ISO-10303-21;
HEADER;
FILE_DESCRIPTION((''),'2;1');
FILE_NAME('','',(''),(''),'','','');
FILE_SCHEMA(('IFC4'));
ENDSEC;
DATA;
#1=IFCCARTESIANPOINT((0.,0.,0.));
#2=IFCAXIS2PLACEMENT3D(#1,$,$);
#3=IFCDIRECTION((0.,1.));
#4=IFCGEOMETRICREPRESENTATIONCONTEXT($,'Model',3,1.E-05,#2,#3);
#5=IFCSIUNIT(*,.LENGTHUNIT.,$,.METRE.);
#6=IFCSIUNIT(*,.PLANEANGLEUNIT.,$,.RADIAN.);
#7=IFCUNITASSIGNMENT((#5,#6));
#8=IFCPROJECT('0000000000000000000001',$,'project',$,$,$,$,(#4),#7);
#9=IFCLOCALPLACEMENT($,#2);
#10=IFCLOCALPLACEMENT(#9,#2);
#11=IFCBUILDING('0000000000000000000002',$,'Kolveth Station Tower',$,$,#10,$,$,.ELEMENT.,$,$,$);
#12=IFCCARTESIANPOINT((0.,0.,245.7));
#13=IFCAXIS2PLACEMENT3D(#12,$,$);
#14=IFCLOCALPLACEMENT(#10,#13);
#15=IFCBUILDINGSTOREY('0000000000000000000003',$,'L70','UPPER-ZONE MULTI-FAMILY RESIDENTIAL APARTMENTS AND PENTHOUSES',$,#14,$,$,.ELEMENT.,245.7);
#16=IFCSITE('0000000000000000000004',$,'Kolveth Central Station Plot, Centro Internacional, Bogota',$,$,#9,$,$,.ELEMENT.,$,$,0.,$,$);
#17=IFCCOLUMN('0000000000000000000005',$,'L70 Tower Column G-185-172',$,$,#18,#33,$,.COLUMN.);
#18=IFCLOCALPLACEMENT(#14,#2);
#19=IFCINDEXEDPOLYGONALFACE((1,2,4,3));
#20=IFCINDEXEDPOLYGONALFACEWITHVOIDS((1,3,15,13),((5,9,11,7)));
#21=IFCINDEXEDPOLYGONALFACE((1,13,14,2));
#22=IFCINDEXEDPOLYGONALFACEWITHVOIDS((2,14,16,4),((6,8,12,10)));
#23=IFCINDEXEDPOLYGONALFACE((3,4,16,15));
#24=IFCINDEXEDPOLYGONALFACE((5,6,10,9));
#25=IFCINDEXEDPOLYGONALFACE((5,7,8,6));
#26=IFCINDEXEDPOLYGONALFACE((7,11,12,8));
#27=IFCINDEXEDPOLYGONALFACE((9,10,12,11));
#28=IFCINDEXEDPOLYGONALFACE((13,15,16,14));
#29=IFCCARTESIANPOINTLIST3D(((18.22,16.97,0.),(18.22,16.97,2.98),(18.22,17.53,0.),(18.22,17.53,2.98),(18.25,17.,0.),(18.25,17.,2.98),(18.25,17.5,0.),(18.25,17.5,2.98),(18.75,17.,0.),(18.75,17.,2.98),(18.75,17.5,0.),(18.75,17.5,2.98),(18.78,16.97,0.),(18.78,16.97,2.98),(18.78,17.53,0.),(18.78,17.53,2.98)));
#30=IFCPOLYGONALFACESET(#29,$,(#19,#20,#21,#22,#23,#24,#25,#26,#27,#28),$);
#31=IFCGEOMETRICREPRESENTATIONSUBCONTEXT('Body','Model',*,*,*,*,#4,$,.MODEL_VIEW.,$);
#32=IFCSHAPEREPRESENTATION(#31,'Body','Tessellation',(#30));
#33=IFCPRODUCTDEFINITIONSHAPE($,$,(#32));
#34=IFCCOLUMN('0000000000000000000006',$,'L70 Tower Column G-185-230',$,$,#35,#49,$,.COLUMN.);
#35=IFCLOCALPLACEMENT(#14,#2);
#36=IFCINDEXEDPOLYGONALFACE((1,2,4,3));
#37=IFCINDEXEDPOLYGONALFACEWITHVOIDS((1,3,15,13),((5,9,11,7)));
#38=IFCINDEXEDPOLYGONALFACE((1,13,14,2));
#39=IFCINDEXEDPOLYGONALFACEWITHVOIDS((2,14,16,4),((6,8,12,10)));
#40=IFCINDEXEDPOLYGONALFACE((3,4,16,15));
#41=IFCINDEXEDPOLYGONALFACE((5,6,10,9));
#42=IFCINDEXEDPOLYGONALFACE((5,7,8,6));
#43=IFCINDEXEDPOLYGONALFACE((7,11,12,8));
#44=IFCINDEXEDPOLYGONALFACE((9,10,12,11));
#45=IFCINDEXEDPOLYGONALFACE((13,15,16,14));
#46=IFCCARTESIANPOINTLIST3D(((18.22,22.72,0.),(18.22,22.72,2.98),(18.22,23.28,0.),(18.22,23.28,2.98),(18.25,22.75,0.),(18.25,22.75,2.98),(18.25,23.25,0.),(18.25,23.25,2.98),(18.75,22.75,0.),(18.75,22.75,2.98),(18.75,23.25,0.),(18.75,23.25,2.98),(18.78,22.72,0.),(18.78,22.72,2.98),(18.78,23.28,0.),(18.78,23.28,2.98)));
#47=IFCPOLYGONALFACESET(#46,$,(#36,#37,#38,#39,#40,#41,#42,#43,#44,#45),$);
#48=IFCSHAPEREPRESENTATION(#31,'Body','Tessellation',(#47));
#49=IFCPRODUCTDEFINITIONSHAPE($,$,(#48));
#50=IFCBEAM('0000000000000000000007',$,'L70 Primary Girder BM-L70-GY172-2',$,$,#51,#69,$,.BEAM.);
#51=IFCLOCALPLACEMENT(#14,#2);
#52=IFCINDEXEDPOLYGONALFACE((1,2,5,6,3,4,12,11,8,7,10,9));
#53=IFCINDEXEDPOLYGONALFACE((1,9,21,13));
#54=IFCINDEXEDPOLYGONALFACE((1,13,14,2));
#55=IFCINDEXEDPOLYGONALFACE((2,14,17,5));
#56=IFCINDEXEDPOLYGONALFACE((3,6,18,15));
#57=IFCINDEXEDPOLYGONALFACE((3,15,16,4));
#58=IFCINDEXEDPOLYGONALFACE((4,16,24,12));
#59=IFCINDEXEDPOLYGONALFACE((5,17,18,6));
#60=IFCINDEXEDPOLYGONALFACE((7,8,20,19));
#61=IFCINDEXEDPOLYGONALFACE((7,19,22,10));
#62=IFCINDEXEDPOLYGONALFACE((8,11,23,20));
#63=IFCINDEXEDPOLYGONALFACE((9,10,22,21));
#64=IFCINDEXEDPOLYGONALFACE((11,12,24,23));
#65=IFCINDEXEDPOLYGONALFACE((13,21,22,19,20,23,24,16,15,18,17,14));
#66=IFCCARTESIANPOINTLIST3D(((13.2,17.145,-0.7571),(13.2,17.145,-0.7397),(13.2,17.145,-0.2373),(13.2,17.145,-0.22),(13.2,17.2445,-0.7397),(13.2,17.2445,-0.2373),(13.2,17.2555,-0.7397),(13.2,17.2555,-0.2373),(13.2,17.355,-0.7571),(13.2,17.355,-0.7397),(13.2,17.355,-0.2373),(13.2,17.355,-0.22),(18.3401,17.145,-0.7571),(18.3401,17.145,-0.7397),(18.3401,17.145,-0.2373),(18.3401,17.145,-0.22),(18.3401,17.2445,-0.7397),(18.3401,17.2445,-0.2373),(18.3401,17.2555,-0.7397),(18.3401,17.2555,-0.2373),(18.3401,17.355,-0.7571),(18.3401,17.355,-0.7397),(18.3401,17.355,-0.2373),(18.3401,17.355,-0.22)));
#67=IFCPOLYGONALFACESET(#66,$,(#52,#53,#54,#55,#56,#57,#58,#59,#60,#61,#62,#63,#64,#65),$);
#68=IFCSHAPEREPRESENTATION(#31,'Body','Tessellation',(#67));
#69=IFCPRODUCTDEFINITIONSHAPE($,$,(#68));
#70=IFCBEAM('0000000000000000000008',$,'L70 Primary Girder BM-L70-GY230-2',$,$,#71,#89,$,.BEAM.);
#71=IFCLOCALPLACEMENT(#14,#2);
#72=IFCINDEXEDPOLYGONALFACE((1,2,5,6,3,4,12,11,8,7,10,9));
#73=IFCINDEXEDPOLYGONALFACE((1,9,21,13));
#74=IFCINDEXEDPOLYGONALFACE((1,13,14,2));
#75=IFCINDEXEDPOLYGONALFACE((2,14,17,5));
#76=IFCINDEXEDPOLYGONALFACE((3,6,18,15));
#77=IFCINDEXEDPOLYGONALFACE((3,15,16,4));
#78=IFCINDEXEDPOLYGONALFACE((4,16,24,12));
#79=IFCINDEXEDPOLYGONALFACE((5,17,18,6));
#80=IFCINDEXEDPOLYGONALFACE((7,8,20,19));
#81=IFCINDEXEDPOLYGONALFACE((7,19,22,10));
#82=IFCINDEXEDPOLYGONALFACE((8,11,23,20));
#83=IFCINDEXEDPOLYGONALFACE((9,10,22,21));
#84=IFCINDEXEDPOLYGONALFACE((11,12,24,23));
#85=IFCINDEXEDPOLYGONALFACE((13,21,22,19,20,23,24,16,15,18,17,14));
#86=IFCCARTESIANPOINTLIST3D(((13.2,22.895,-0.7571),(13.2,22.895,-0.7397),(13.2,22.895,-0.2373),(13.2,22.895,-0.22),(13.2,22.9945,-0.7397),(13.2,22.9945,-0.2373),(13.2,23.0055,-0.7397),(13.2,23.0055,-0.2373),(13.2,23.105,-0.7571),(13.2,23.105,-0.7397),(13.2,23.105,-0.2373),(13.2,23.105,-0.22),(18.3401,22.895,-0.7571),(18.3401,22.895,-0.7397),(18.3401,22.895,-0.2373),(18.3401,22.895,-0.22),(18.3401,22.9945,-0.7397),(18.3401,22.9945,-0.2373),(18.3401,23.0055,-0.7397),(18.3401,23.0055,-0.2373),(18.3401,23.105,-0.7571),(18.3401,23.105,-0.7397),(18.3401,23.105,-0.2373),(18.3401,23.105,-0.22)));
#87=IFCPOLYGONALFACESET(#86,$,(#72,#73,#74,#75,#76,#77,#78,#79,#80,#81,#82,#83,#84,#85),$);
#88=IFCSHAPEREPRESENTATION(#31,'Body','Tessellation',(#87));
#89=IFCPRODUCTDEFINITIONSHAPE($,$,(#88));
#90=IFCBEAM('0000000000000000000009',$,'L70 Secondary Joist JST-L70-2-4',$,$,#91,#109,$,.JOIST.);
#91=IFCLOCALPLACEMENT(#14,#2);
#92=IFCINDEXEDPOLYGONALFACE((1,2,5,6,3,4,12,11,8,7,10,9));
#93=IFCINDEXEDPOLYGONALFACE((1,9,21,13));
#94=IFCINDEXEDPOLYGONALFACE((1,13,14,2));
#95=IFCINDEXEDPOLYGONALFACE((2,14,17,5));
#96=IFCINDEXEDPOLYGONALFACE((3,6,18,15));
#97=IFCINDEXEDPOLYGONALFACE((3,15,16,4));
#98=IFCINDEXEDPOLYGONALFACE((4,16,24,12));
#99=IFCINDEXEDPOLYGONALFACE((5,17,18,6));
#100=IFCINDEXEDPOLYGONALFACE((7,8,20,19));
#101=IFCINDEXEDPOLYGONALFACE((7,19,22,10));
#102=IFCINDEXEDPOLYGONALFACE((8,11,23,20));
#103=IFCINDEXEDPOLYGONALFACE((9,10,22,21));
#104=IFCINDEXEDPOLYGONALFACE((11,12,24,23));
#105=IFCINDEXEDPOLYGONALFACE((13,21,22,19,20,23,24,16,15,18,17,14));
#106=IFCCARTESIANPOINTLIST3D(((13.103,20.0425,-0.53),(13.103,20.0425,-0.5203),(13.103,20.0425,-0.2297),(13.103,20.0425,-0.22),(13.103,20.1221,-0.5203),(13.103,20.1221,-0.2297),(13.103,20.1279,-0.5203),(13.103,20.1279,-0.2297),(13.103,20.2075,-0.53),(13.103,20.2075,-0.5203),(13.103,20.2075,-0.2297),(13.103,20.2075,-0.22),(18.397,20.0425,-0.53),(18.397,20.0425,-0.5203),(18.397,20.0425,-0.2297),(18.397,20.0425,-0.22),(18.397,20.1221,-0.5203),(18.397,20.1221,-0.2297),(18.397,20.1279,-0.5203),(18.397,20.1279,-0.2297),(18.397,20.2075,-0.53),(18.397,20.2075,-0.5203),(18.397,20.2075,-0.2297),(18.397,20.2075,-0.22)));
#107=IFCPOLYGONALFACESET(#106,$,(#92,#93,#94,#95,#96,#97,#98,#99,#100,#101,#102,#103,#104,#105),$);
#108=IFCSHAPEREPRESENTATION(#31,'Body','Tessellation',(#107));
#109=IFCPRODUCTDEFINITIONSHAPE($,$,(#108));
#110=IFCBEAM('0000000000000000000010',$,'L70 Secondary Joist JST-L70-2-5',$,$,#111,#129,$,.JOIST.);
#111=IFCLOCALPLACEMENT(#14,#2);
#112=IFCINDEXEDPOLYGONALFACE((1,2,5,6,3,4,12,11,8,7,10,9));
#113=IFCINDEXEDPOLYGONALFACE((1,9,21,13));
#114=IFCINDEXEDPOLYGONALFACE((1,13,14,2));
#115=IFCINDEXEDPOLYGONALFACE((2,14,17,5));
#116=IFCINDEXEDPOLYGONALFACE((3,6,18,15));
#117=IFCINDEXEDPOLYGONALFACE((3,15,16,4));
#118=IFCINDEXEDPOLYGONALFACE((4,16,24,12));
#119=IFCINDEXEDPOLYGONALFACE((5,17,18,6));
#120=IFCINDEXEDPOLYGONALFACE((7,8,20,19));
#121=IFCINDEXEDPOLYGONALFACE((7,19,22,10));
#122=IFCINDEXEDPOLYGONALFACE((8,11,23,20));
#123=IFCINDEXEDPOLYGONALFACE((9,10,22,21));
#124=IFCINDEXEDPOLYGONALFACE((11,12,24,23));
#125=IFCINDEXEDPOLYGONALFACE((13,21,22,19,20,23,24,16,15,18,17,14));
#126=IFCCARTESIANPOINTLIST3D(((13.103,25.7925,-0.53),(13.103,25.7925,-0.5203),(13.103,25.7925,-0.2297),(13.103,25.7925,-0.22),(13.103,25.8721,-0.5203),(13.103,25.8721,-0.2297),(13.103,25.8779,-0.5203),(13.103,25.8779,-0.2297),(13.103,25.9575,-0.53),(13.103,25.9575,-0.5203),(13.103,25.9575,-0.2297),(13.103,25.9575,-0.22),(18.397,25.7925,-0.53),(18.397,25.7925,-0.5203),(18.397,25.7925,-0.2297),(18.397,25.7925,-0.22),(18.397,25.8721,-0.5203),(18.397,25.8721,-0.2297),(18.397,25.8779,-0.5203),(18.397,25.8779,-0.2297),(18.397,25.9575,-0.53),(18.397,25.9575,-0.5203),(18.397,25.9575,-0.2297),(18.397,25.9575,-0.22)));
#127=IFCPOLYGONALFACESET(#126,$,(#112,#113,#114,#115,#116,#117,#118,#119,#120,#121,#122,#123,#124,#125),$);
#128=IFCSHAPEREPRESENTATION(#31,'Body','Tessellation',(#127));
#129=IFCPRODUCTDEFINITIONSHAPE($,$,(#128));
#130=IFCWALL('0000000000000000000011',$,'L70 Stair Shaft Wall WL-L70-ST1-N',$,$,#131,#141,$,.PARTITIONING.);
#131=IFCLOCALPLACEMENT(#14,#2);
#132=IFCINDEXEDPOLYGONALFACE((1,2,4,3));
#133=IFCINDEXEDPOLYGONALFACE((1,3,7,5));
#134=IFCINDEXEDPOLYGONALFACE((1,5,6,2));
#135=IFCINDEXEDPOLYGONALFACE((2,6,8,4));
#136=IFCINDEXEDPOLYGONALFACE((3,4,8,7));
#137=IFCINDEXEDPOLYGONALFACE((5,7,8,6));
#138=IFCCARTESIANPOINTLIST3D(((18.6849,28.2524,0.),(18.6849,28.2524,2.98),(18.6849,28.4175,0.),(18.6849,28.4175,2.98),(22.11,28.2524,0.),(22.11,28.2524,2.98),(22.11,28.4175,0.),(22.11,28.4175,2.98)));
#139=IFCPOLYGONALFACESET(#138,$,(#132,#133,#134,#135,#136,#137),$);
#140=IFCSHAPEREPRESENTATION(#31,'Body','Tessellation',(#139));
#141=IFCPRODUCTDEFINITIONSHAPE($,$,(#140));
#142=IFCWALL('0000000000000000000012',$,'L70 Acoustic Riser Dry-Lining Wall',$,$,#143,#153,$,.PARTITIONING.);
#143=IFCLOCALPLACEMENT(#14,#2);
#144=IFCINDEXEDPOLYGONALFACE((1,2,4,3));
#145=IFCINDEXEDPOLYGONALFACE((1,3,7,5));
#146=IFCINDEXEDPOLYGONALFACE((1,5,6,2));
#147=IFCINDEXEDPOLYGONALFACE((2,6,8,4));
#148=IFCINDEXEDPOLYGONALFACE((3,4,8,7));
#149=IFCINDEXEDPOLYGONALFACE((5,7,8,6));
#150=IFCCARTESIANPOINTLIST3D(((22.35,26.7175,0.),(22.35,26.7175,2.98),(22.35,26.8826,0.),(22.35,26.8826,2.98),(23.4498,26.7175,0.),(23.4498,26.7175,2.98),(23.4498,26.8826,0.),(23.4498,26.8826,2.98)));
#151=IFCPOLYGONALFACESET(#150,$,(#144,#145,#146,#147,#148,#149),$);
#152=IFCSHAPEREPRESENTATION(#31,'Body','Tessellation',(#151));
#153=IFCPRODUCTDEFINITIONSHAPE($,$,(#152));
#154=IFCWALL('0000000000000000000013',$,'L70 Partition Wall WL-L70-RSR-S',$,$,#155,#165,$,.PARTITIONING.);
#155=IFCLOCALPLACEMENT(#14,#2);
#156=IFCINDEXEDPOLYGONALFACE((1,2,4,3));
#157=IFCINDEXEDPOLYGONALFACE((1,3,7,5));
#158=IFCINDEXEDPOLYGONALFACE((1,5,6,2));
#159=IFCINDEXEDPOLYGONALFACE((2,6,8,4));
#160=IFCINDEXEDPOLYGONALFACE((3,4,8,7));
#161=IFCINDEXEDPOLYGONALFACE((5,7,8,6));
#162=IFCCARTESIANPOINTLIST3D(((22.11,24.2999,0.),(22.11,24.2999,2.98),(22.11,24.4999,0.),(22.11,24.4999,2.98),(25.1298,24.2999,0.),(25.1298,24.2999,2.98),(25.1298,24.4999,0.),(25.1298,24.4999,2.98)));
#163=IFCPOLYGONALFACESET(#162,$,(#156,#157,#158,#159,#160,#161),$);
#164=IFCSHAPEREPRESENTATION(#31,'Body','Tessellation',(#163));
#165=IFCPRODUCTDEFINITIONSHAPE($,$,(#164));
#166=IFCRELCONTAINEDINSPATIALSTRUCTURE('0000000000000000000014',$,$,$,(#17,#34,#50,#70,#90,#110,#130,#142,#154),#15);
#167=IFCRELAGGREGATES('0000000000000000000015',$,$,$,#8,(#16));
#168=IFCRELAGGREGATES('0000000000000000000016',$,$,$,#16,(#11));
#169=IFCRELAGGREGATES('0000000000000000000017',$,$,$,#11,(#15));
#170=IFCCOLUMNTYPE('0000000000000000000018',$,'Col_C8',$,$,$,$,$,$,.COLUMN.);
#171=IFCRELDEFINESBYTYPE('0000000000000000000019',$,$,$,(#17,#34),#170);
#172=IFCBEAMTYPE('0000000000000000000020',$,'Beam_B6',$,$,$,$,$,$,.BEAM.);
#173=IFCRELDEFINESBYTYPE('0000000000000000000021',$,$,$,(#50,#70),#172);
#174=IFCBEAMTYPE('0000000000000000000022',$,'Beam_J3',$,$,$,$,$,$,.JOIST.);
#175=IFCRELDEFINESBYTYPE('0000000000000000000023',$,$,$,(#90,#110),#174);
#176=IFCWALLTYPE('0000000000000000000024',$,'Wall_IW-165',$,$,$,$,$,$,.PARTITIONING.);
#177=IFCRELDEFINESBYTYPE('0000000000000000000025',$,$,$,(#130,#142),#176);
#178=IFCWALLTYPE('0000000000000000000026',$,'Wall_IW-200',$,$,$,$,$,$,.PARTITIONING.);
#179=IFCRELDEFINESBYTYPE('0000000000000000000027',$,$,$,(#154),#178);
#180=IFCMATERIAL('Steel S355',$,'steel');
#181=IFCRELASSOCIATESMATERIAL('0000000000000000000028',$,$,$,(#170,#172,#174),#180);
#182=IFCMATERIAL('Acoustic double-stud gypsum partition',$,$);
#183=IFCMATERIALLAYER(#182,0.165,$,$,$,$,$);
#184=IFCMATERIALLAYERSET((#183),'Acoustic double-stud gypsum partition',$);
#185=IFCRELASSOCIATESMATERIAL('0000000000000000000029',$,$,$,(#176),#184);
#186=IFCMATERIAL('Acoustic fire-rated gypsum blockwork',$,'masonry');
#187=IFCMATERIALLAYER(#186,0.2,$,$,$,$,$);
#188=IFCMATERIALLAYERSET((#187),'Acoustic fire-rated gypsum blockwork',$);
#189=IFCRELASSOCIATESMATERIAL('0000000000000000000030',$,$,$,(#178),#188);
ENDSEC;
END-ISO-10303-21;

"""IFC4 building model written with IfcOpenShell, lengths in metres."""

from ifc_helpers import new_model, si_unit, direction, frame, frame_2d, origin, origin_2d, place, context, subcontext, project, spatial, rectangle, hollow_rectangle, i_section, extrude, source, transform, mapped, material, layer, layer_set, material_profile, profile_set, type_object, element, save


model = new_model("IFC4")

# Units and contexts
model_context = context("Model", 3, precision=1e-05, world=origin(), true_north=direction((0.0, 1.0)))
body_context = subcontext(model_context, "Body", "Model", "MODEL_VIEW")
ifc_project = project(units=[si_unit("LENGTHUNIT", "METRE"), si_unit("PLANEANGLEUNIT", "RADIAN")], contexts=[model_context])

# Site, building, storey
site_placement = place(None, origin())
site = spatial("IfcSite", under=ifc_project, at=site_placement, Name="Kolveth Central Station Plot, Centro Internacional, Bogota", CompositionType="ELEMENT", RefElevation=0.0)
building_placement = place(site_placement, origin())
building = spatial("IfcBuilding", under=site, at=building_placement, Name="Kolveth Station Tower", CompositionType="ELEMENT")
storey_placement = place(building_placement, frame((0.0, 0.0, 245.7)))
storey = spatial("IfcBuildingStorey", under=building, at=storey_placement, Name="L70", Description="UPPER-ZONE MULTI-FAMILY RESIDENTIAL APARTMENTS AND PENTHOUSES", CompositionType="ELEMENT", Elevation=245.7)

# Columns
ifc_material_1 = material(Name="Steel S355", Category="steel")
ifc_material_profile_1 = material_profile(ifc_material_1, hollow_rectangle(XDim=0.5601, YDim=0.5601, WallThickness=0.03, at=origin_2d()), Name="BOX560x560x30")
ifc_profile_set_1 = profile_set([ifc_material_profile_1], Name="Steel S355")
column_type = type_object("IfcColumnType", Name="Col_C8", PredefinedType="COLUMN", material=ifc_profile_set_1)
shared_shape_1 = source(origin(), body_context, "Body", "SweptSolid", [
    extrude(hollow_rectangle(XDim=0.5601, YDim=0.5601, WallThickness=0.03, at=origin_2d()), origin(), (0.0, 0.0, 1.0), 2.98),
])
for number, where, z_axis, x_axis, name in (
    (1, (18.5, 17.25, 0.0), (0.0, 0.0, 1.0), (1.0, 0.0, 0.0), "L70 Tower Column G-185-172"),
    (2, (18.5, 23.0, 0.0), (0.0, 0.0, 1.0), (1.0, 0.0, 0.0), "L70 Tower Column G-185-230"),
):
    element("IfcColumn", number, at=place(storey_placement, frame(where, z_axis=z_axis, x_axis=x_axis)), inside=storey, type_object=column_type, Name=name, PredefinedType="COLUMN", context=body_context, shape_type="MappedRepresentation", body=[
        mapped(shared_shape_1, transform((0.0, 0.0, 0.0), x_axis=(1.0, 0.0, 0.0), y_axis=(0.0, 1.0, 0.0), z_axis=(0.0, 0.0, 1.0), scale=1.0)),
    ])

# Beams
ifc_material_profile_2 = material_profile(ifc_material_1, i_section(OverallWidth=0.21, OverallDepth=0.5371, WebThickness=0.011, FlangeThickness=0.0173, at=origin_2d()), Name="W530x101")
ifc_profile_set_2 = profile_set([ifc_material_profile_2], Name="Steel S355")
beam_type_1 = type_object("IfcBeamType", Name="Beam_B6", PredefinedType="BEAM", material=ifc_profile_set_2)
shared_shape_2 = source(origin(), body_context, "Body", "SweptSolid", [
    extrude(i_section(OverallWidth=0.21, OverallDepth=0.5371, WebThickness=0.011, FlangeThickness=0.0173, at=origin_2d()), origin(), (0.0, 0.0, 1.0), 5.1401),
])
for number, where, z_axis, x_axis, name in (
    (3, (13.2, 17.25, -0.4885), (1.0, 0.0, 0.0), (0.0, 1.0, 0.0), "L70 Primary Girder BM-L70-GY172-2"),
    (4, (13.2, 23.0, -0.4885), (1.0, 0.0, 0.0), (0.0, 1.0, 0.0), "L70 Primary Girder BM-L70-GY230-2"),
):
    element("IfcBeam", number, at=place(storey_placement, frame(where, z_axis=z_axis, x_axis=x_axis)), inside=storey, type_object=beam_type_1, Name=name, PredefinedType="BEAM", context=body_context, shape_type="MappedRepresentation", body=[
        mapped(shared_shape_2, transform((0.0, 0.0, 0.0), x_axis=(1.0, 0.0, 0.0), y_axis=(0.0, 1.0, 0.0), z_axis=(0.0, 0.0, 1.0), scale=1.0)),
    ])
ifc_material_profile_3 = material_profile(ifc_material_1, i_section(OverallWidth=0.165, OverallDepth=0.3101, WebThickness=0.0059, FlangeThickness=0.0098, at=origin_2d()), Name="W310x39")
ifc_profile_set_3 = profile_set([ifc_material_profile_3], Name="Steel S355")
beam_type_2 = type_object("IfcBeamType", Name="Beam_J3", PredefinedType="JOIST", material=ifc_profile_set_3)
shared_shape_3 = source(origin(), body_context, "Body", "SweptSolid", [
    extrude(i_section(OverallWidth=0.165, OverallDepth=0.3101, WebThickness=0.0059, FlangeThickness=0.0098, at=origin_2d()), origin(), (0.0, 0.0, 1.0), 5.2939),
])
for number, where, z_axis, x_axis, name in (
    (5, (13.103, 20.125, -0.375), (1.0, 0.0, 0.0), (0.0, 1.0, 0.0), "L70 Secondary Joist JST-L70-2-4"),
    (6, (13.103, 25.875, -0.375), (1.0, 0.0, 0.0), (0.0, 1.0, 0.0), "L70 Secondary Joist JST-L70-2-5"),
):
    element("IfcBeam", number, at=place(storey_placement, frame(where, z_axis=z_axis, x_axis=x_axis)), inside=storey, type_object=beam_type_2, Name=name, PredefinedType="JOIST", context=body_context, shape_type="MappedRepresentation", body=[
        mapped(shared_shape_3, transform((0.0, 0.0, 0.0), x_axis=(1.0, 0.0, 0.0), y_axis=(0.0, 1.0, 0.0), z_axis=(0.0, 0.0, 1.0), scale=1.0)),
    ])

# Walls
ifc_material_2 = material(Name="Acoustic double-stud gypsum partition")
ifc_layer_1 = layer(ifc_material_2, 0.165)
ifc_layer_set_1 = layer_set([ifc_layer_1], Name="Acoustic double-stud gypsum partition")
wall_type_1 = type_object("IfcWallType", Name="Wall_IW-165", PredefinedType="PARTITIONING", material=ifc_layer_set_1)
wall_1_placement = place(storey_placement, frame((18.6851, 28.335, 0.0), z_axis=(0.0, 0.0, 1.0), x_axis=(1.0, 0.0, 0.0)))
element("IfcWall", 7, at=wall_1_placement, inside=storey, type_object=wall_type_1, Name="L70 Stair Shaft Wall WL-L70-ST1-N", PredefinedType="PARTITIONING", context=body_context, shape_type="SweptSolid", body=[
    extrude(rectangle(XDim=3.425, YDim=0.165, at=frame_2d((1.7124, 0.0))), origin(), (0.0, 0.0, 1.0), 2.98),
])
wall_2_placement = place(storey_placement, frame((22.3501, 26.8, 0.0), z_axis=(0.0, 0.0, 1.0), x_axis=(1.0, 0.0, 0.0)))
element("IfcWall", 8, at=wall_2_placement, inside=storey, type_object=wall_type_1, Name="L70 Acoustic Riser Dry-Lining Wall", PredefinedType="PARTITIONING", context=body_context, shape_type="SweptSolid", body=[
    extrude(rectangle(XDim=1.0999, YDim=0.165, at=frame_2d((0.5498, 0.0))), origin(), (0.0, 0.0, 1.0), 2.98),
])
ifc_material_3 = material(Name="Acoustic fire-rated gypsum blockwork", Category="masonry")
ifc_layer_2 = layer(ifc_material_3, 0.2)
ifc_layer_set_2 = layer_set([ifc_layer_2], Name="Acoustic fire-rated gypsum blockwork")
wall_type_2 = type_object("IfcWallType", Name="Wall_IW-200", PredefinedType="PARTITIONING", material=ifc_layer_set_2)
wall_3_placement = place(storey_placement, frame((22.1101, 24.3999, 0.0), z_axis=(0.0, 0.0, 1.0), x_axis=(1.0, 0.0, 0.0)))
element("IfcWall", 9, at=wall_3_placement, inside=storey, type_object=wall_type_2, Name="L70 Partition Wall WL-L70-RSR-S", PredefinedType="PARTITIONING", context=body_context, shape_type="SweptSolid", body=[
    extrude(rectangle(XDim=3.0198, YDim=0.2, at=frame_2d((1.5098, 0.0))), origin(), (0.0, 0.0, 1.0), 2.98),
])

save(model, "model.ifc")
